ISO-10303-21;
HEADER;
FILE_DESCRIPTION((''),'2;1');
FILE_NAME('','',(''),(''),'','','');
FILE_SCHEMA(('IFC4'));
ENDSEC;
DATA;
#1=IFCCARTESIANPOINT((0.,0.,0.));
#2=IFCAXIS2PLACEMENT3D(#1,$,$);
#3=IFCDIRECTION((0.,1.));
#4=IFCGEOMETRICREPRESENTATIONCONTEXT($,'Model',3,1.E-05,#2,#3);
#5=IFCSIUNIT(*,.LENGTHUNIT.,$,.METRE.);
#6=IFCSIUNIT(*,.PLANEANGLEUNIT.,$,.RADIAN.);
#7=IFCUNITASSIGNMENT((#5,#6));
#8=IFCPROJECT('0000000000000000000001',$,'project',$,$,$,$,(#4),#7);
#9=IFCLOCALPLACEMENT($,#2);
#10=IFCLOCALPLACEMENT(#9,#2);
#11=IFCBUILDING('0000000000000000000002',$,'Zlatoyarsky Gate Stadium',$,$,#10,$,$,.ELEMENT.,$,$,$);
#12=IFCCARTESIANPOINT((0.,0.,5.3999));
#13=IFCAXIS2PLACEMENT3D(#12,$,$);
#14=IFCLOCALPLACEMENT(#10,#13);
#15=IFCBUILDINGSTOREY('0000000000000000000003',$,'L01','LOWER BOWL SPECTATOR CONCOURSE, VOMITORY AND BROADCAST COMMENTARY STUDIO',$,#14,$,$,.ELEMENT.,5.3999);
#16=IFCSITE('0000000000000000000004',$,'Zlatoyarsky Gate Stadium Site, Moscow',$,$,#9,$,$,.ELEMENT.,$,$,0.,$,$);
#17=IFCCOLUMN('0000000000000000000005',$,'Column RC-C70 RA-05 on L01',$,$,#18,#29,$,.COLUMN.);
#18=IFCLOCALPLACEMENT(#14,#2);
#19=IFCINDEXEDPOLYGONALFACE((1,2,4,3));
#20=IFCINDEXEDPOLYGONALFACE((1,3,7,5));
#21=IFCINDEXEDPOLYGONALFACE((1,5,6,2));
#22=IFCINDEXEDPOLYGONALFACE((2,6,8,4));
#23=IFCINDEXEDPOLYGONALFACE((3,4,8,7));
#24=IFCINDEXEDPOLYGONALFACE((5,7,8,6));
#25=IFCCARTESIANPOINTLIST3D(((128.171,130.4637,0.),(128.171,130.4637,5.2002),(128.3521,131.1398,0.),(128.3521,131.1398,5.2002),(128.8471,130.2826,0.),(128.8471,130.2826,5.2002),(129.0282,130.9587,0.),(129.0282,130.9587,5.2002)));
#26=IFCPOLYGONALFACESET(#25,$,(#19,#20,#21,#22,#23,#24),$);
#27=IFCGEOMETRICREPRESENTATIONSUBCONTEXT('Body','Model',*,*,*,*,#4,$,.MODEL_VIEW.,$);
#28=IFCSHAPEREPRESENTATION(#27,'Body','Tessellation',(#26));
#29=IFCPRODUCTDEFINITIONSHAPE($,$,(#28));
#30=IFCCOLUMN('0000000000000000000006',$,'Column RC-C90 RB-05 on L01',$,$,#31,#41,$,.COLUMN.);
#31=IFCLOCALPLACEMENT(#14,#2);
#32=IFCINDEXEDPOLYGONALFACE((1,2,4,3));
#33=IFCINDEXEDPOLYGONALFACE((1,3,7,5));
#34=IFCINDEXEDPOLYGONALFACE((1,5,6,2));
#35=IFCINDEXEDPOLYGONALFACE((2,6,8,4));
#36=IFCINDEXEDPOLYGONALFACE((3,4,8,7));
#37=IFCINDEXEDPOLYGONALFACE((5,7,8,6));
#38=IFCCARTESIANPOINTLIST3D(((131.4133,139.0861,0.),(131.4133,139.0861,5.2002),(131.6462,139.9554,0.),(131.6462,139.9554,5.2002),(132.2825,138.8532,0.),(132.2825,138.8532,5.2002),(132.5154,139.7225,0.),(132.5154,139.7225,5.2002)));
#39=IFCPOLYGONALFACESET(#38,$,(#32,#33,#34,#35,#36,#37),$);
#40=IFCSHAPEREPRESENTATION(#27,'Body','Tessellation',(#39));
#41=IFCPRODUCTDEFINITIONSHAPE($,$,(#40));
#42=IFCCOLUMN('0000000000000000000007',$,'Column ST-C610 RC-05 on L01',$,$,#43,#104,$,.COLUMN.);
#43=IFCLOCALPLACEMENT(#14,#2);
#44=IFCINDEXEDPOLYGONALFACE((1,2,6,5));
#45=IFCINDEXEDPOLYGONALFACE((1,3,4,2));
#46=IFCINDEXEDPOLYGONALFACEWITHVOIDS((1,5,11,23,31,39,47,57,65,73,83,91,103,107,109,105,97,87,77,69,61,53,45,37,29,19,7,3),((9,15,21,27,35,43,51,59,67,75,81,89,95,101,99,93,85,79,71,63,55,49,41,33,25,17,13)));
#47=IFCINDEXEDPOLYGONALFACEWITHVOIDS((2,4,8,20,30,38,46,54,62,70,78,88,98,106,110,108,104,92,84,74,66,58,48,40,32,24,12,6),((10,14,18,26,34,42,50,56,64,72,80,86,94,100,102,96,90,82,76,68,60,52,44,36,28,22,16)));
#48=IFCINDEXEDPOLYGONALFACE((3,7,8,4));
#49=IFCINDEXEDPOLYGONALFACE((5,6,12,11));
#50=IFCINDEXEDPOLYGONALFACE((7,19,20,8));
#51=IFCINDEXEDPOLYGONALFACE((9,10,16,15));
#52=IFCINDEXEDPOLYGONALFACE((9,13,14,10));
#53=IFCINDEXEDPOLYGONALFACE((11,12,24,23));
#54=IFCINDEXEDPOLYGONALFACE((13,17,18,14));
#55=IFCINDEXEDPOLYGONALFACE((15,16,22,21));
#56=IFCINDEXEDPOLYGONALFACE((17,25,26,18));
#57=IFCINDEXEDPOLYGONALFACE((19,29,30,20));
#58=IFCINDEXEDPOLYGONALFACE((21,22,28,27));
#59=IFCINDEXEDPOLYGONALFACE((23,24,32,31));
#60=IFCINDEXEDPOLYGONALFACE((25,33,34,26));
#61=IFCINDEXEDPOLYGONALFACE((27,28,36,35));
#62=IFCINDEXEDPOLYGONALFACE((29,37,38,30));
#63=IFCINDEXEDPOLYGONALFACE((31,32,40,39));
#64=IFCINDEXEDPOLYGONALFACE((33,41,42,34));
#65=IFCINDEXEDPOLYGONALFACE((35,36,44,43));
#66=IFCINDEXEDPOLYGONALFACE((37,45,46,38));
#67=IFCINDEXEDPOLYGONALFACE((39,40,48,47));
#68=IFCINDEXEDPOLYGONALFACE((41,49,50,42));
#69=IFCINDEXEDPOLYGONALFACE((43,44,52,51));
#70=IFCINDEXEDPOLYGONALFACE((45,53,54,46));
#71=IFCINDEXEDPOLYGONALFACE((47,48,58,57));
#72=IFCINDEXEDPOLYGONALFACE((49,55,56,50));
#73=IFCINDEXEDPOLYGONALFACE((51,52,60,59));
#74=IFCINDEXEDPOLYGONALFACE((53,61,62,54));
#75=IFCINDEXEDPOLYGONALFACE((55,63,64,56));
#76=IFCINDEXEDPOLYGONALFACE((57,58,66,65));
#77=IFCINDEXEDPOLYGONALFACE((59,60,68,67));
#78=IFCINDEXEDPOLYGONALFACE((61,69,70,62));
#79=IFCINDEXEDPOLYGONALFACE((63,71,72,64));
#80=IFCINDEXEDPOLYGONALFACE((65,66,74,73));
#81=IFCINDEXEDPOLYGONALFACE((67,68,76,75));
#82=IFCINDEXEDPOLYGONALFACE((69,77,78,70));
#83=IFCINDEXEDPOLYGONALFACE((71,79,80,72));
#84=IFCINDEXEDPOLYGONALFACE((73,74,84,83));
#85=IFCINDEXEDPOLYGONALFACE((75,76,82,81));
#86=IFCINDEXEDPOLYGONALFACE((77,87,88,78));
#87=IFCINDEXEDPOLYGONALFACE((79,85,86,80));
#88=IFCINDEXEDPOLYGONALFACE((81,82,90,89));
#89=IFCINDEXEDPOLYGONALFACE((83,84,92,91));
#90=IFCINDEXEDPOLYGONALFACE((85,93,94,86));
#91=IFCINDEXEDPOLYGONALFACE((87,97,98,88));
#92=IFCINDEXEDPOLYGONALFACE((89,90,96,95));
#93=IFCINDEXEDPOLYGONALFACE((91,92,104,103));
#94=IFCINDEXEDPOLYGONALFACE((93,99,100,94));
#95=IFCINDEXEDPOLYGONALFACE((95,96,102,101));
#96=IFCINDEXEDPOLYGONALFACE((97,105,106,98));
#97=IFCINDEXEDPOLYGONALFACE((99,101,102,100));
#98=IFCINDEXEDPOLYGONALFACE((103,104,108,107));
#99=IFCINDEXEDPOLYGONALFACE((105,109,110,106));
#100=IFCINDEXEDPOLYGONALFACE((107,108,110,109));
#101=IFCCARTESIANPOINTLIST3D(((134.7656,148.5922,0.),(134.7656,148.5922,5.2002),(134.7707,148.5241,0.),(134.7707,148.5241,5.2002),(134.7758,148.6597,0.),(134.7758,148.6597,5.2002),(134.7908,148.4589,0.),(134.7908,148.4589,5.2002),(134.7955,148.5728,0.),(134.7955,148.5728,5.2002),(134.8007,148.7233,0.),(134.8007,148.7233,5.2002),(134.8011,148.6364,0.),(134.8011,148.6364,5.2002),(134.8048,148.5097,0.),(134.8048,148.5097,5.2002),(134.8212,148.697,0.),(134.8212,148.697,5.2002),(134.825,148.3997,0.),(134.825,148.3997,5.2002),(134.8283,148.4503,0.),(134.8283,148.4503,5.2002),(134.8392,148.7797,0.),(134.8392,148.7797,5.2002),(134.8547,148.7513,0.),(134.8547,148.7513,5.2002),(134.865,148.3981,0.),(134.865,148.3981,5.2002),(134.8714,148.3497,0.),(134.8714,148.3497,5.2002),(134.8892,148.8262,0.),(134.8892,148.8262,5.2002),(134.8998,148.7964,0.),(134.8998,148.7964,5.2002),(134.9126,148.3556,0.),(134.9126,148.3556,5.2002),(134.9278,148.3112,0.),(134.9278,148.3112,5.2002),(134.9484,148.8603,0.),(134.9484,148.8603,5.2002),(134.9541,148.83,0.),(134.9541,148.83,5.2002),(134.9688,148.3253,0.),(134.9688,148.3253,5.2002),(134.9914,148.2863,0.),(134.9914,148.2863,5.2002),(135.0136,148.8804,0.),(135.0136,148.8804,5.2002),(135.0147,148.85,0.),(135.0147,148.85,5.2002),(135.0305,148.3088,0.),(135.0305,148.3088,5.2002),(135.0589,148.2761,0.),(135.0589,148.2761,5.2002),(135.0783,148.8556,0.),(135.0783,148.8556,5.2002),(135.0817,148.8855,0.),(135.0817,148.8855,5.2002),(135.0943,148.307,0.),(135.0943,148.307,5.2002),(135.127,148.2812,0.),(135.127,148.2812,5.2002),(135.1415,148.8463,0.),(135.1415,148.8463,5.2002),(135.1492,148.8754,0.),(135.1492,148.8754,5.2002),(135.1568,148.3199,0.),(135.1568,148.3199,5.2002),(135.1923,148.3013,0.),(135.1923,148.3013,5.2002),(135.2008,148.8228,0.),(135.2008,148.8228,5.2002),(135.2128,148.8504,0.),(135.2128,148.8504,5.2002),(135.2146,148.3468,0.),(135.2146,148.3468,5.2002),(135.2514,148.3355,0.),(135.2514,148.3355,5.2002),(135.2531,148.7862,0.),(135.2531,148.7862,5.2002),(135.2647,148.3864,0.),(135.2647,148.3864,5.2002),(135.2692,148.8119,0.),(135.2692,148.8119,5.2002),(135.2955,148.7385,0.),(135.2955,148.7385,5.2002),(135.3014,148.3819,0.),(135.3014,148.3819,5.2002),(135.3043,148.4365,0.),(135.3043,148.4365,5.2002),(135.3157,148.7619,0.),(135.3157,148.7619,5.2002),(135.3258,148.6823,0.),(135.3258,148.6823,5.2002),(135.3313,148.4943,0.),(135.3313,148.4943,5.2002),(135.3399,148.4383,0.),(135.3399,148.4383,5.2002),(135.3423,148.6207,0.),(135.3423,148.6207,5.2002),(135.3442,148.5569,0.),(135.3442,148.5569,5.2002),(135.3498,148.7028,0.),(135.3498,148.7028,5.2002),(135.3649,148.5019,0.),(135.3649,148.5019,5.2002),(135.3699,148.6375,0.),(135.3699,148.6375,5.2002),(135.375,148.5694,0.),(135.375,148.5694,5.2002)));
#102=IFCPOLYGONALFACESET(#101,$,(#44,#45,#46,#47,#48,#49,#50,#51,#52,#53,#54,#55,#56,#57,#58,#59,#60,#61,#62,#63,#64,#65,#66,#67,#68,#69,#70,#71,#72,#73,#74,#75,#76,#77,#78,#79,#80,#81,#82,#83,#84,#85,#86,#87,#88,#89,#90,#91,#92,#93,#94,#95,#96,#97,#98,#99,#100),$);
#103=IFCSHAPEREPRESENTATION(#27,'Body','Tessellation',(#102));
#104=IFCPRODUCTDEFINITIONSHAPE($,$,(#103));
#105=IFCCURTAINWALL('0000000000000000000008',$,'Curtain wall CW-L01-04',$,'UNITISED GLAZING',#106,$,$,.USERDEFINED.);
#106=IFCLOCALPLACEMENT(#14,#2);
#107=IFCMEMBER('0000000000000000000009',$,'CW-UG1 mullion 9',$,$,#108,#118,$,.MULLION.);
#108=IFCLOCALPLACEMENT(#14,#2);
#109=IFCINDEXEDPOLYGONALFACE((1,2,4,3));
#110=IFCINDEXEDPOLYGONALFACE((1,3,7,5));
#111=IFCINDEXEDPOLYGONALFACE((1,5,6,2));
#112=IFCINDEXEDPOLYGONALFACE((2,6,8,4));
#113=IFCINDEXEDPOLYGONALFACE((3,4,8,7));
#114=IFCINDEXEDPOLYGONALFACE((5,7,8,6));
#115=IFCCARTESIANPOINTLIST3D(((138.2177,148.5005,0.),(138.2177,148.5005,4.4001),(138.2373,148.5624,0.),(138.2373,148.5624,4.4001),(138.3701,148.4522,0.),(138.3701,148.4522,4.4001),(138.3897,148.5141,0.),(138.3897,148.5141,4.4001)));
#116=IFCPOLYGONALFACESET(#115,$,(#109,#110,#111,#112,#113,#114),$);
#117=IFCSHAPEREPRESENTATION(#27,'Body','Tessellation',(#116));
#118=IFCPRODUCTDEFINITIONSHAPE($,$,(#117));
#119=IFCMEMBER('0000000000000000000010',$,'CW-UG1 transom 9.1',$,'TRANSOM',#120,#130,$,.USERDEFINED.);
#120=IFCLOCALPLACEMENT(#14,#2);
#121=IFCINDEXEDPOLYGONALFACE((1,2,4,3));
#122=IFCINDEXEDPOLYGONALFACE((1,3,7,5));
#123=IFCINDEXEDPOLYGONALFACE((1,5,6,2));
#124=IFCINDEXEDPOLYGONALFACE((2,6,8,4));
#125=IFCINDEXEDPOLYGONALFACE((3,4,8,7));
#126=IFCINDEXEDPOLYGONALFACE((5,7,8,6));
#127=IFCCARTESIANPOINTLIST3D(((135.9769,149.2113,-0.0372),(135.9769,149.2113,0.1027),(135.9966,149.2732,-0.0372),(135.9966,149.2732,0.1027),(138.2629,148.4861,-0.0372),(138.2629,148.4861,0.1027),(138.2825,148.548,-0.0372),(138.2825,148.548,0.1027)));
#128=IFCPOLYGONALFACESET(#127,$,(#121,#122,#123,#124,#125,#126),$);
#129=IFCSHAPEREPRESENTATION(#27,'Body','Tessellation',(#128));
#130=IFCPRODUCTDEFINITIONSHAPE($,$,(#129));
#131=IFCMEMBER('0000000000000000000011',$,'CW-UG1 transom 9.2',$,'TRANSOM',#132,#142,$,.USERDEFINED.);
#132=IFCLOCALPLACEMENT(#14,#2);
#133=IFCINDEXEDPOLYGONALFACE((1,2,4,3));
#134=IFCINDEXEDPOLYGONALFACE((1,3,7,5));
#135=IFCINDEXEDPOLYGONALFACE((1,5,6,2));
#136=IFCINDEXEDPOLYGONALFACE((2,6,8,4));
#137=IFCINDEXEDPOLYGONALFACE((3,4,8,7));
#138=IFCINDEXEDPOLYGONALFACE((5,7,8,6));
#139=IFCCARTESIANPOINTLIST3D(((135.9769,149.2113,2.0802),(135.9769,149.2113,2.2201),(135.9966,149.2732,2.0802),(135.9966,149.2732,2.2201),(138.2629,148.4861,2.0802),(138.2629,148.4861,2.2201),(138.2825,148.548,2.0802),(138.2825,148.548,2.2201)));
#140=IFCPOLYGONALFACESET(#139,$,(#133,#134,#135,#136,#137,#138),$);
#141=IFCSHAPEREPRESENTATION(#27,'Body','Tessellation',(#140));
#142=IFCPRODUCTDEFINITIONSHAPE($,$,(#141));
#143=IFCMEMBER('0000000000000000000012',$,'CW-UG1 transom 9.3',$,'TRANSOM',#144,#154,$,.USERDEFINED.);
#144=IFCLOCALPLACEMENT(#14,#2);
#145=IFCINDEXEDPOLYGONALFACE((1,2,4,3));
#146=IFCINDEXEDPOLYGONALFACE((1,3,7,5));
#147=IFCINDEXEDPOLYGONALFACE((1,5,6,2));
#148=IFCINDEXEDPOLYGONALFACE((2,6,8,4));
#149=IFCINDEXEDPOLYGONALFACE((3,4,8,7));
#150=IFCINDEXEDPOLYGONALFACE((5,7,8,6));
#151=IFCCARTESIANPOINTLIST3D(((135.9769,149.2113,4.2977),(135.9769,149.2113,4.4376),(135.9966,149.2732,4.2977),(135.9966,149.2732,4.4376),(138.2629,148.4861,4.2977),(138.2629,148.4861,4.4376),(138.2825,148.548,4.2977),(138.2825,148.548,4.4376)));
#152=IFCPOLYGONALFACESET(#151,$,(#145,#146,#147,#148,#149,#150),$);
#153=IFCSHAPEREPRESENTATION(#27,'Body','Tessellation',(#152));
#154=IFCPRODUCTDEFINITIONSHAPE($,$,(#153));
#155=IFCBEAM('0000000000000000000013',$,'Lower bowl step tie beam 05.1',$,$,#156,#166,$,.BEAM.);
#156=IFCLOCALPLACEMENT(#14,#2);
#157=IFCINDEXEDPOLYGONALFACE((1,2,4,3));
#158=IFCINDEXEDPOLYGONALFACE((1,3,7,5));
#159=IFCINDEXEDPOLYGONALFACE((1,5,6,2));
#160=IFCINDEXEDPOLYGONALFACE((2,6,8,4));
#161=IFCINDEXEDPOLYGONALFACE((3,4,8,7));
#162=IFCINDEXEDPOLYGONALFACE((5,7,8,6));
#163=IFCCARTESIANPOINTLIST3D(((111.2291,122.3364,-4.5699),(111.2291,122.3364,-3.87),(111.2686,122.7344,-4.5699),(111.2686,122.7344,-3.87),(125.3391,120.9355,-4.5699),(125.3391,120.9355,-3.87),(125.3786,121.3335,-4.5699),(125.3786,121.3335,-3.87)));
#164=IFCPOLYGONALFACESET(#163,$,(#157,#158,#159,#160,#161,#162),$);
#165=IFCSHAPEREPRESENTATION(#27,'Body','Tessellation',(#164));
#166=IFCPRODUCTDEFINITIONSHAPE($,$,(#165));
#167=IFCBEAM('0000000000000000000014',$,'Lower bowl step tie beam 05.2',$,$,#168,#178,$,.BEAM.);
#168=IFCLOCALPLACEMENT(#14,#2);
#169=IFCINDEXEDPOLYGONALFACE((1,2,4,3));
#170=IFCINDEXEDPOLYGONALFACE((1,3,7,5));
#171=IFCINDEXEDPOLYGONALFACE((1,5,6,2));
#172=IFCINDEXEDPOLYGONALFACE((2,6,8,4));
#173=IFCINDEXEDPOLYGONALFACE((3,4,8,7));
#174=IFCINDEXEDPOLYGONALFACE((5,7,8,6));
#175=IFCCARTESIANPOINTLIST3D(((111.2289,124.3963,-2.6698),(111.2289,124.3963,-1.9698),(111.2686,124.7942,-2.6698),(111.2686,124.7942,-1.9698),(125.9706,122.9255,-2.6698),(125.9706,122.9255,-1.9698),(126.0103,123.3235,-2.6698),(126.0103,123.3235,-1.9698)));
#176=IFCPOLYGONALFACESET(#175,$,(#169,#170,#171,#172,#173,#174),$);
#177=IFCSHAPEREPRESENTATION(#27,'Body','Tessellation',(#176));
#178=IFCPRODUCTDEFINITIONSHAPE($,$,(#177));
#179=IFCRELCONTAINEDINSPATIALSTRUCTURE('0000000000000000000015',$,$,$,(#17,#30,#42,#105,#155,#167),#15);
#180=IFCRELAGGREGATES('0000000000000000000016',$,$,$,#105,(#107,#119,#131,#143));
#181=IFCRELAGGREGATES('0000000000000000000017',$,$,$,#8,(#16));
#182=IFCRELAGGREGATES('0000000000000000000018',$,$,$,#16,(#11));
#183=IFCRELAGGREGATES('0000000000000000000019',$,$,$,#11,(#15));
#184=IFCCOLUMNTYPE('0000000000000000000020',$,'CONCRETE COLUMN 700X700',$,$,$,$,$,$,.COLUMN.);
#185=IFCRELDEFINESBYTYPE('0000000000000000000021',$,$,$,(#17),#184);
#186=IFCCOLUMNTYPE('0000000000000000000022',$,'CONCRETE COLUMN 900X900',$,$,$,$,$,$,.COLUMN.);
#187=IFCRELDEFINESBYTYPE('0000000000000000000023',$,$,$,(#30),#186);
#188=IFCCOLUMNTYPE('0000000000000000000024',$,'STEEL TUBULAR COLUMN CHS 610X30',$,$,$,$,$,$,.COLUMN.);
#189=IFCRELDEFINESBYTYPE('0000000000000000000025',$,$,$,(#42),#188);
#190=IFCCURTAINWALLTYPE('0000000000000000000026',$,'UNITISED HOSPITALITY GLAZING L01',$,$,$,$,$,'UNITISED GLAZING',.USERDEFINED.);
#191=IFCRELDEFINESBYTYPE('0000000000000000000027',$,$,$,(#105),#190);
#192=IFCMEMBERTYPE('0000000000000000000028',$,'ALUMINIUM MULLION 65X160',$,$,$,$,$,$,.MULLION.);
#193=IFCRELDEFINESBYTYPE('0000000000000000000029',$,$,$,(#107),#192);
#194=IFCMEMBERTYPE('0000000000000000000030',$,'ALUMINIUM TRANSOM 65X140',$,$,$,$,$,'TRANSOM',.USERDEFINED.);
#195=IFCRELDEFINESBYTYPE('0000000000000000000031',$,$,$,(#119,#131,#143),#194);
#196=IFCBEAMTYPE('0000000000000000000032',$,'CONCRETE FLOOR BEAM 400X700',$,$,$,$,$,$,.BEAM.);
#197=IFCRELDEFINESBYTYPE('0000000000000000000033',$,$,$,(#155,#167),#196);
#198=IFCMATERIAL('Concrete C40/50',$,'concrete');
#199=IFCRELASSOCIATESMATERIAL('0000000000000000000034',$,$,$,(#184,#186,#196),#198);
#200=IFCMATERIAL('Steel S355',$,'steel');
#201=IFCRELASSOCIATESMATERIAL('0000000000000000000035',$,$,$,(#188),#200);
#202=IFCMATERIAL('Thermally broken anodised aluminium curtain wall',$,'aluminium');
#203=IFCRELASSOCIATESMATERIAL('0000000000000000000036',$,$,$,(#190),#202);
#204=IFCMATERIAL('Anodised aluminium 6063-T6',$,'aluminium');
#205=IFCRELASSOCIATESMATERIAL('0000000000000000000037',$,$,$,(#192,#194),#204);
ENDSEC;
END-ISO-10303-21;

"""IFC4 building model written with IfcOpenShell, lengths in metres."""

from ifc_helpers import new_model, si_unit, direction, frame, origin, origin_2d, place, context, subcontext, project, spatial, rectangle, hollow_circle, extrude, material, material_profile, profile_set, type_object, element, aggregate, save


model = new_model("IFC4")

# Units and contexts
model_context = context("Model", 3, precision=1e-05, world=origin(), true_north=direction((0.0, 1.0)))
body_context = subcontext(model_context, "Body", "Model", "MODEL_VIEW")
ifc_project = project(units=[si_unit("LENGTHUNIT", "METRE"), si_unit("PLANEANGLEUNIT", "RADIAN")], contexts=[model_context])

# Site, building, storey
site_placement = place(None, origin())
site = spatial("IfcSite", under=ifc_project, at=site_placement, Name="Zlatoyarsky Gate Stadium Site, Moscow", CompositionType="ELEMENT", RefElevation=0.0)
building_placement = place(site_placement, origin())
building = spatial("IfcBuilding", under=site, at=building_placement, Name="Zlatoyarsky Gate Stadium", CompositionType="ELEMENT")
storey_placement = place(building_placement, frame((0.0, 0.0, 5.3999)))
storey = spatial("IfcBuildingStorey", under=building, at=storey_placement, Name="L01", Description="LOWER BOWL SPECTATOR CONCOURSE, VOMITORY AND BROADCAST COMMENTARY STUDIO", CompositionType="ELEMENT", Elevation=5.3999)

# Columns
ifc_material_1 = material(Name="Concrete C40/50", Category="concrete")
ifc_material_profile_1 = material_profile(ifc_material_1, rectangle(XDim=0.7, YDim=0.7, at=origin_2d()), Name="RC COL 700X700")
ifc_profile_set_1 = profile_set([ifc_material_profile_1], Name="Concrete C40/50")
column_type_1 = type_object("IfcColumnType", Name="CONCRETE COLUMN 700X700", PredefinedType="COLUMN", material=ifc_profile_set_1)
column_1_placement = place(storey_placement, frame((128.5996, 130.7112, 0.0), z_axis=(0.0, 0.0, 1.0), x_axis=(0.258819, 0.965926, 0.0)))
element("IfcColumn", 1, at=column_1_placement, inside=storey, type_object=column_type_1, Name="Column RC-C70 RA-05 on L01", PredefinedType="COLUMN", context=body_context, shape_type="SweptSolid", body=[
    extrude(rectangle(XDim=0.7, YDim=0.7, at=origin_2d()), origin(), (0.0, 0.0, 1.0), 5.2002),
])
ifc_material_profile_2 = material_profile(ifc_material_1, rectangle(XDim=0.8999, YDim=0.8999, at=origin_2d()), Name="RC COL 900X900")
ifc_profile_set_2 = profile_set([ifc_material_profile_2], Name="Concrete C40/50")
column_type_2 = type_object("IfcColumnType", Name="CONCRETE COLUMN 900X900", PredefinedType="COLUMN", material=ifc_profile_set_2)
column_2_placement = place(storey_placement, frame((131.9644, 139.4043, 0.0), z_axis=(0.0, 0.0, 1.0), x_axis=(0.258819, 0.965926, 0.0)))
element("IfcColumn", 2, at=column_2_placement, inside=storey, type_object=column_type_2, Name="Column RC-C90 RB-05 on L01", PredefinedType="COLUMN", context=body_context, shape_type="SweptSolid", body=[
    extrude(rectangle(XDim=0.8999, YDim=0.8999, at=origin_2d()), origin(), (0.0, 0.0, 1.0), 5.2002),
])
ifc_material_2 = material(Name="Steel S355", Category="steel")
ifc_material_profile_3 = material_profile(ifc_material_2, hollow_circle(Radius=0.3049, WallThickness=0.03, at=origin_2d()), Name="CHS 610X30")
ifc_profile_set_3 = profile_set([ifc_material_profile_3], Name="Steel S355")
column_type_3 = type_object("IfcColumnType", Name="STEEL TUBULAR COLUMN CHS 610X30", PredefinedType="COLUMN", material=ifc_profile_set_3)
column_3_placement = place(storey_placement, frame((135.0703, 148.5808, 0.0), z_axis=(0.0, 0.0, 1.0), x_axis=(0.258819, 0.965926, 0.0)))
element("IfcColumn", 3, at=column_3_placement, inside=storey, type_object=column_type_3, Name="Column ST-C610 RC-05 on L01", PredefinedType="COLUMN", context=body_context, shape_type="SweptSolid", body=[
    extrude(hollow_circle(Radius=0.3049, WallThickness=0.03, at=origin_2d()), origin(), (0.0, 0.0, 1.0), 5.2002),
])

# Curtain wall, members
ifc_material_3 = material(Name="Thermally broken anodised aluminium curtain wall", Category="aluminium")
curtain_wall_type = type_object("IfcCurtainWallType", Name="UNITISED HOSPITALITY GLAZING L01", ElementType="UNITISED GLAZING", PredefinedType="USERDEFINED", material=ifc_material_3)
curtain_wall_placement = place(storey_placement, origin())
curtain_wall = element("IfcCurtainWall", 4, at=curtain_wall_placement, inside=storey, type_object=curtain_wall_type, Name="Curtain wall CW-L01-04", ObjectType="UNITISED GLAZING", PredefinedType="USERDEFINED")
ifc_material_4 = material(Name="Anodised aluminium 6063-T6", Category="aluminium")
ifc_material_profile_4 = material_profile(ifc_material_4, rectangle(XDim=0.0649, YDim=0.1599, at=origin_2d()), Name="ALU 65X160")
ifc_profile_set_4 = profile_set([ifc_material_profile_4], Name="Anodised aluminium 6063-T6")
member_type_1 = type_object("IfcMemberType", Name="ALUMINIUM MULLION 65X160", PredefinedType="MULLION", material=ifc_profile_set_4)
member_1_placement = place(storey_placement, frame((138.3037, 148.5073, 0.0), z_axis=(0.0, 0.0, 1.0), x_axis=(-0.302334, -0.953202, 0.0)))
member_1 = element("IfcMember", 5, at=member_1_placement, type_object=member_type_1, Name="CW-UG1 mullion 9", PredefinedType="MULLION", context=body_context, shape_type="SweptSolid", body=[
    extrude(rectangle(XDim=0.0649, YDim=0.1599, at=origin_2d()), origin(), (0.0, 0.0, 1.0), 4.4001),
])
ifc_material_profile_5 = material_profile(ifc_material_4, rectangle(XDim=0.0649, YDim=0.1399, at=origin_2d()), Name="ALU 65X140")
ifc_profile_set_5 = profile_set([ifc_material_profile_5], Name="Anodised aluminium 6063-T6")
member_type_2 = type_object("IfcMemberType", Name="ALUMINIUM TRANSOM 65X140", ElementType="TRANSOM", PredefinedType="USERDEFINED", material=ifc_profile_set_5)
member_2_placement = place(storey_placement, frame((138.2727, 148.5171, 0.0327), z_axis=(-0.953194, 0.302359, 0.0), x_axis=(-0.302359, -0.953194, 0.0)))
member_2 = element("IfcMember", 6, at=member_2_placement, type_object=member_type_2, Name="CW-UG1 transom 9.1", ObjectType="TRANSOM", PredefinedType="USERDEFINED", context=body_context, shape_type="SweptSolid", body=[
    extrude(rectangle(XDim=0.0649, YDim=0.1399, at=origin_2d()), origin(), (0.0, 0.0, 1.0), 2.3982),
])
member_3_placement = place(storey_placement, frame((138.2727, 148.5171, 2.1501), z_axis=(-0.953194, 0.302359, 0.0), x_axis=(-0.302359, -0.953194, 0.0)))
member_3 = element("IfcMember", 7, at=member_3_placement, type_object=member_type_2, Name="CW-UG1 transom 9.2", ObjectType="TRANSOM", PredefinedType="USERDEFINED", context=body_context, shape_type="SweptSolid", body=[
    extrude(rectangle(XDim=0.0649, YDim=0.1399, at=origin_2d()), origin(), (0.0, 0.0, 1.0), 2.3982),
])
member_4_placement = place(storey_placement, frame((138.2727, 148.5171, 4.3677), z_axis=(-0.953194, 0.302359, 0.0), x_axis=(-0.302359, -0.953194, 0.0)))
member_4 = element("IfcMember", 8, at=member_4_placement, type_object=member_type_2, Name="CW-UG1 transom 9.3", ObjectType="TRANSOM", PredefinedType="USERDEFINED", context=body_context, shape_type="SweptSolid", body=[
    extrude(rectangle(XDim=0.0649, YDim=0.1399, at=origin_2d()), origin(), (0.0, 0.0, 1.0), 2.3982),
])
aggregate(curtain_wall, [member_1, member_2, member_3, member_4])

# Beams
ifc_material_profile_6 = material_profile(ifc_material_1, rectangle(XDim=0.3999, YDim=0.7, at=origin_2d()), Name="RC BEAM 400X700")
ifc_profile_set_6 = profile_set([ifc_material_profile_6], Name="Concrete C40/50")
beam_type_1 = type_object("IfcBeamType", Name="CONCRETE FLOOR BEAM 400X700", PredefinedType="BEAM", material=ifc_profile_set_6)
beam_1_placement = place(storey_placement, frame((125.3589, 121.1345, -4.22), z_axis=(-0.995108, 0.098796, 0.0), x_axis=(-0.098796, -0.995108, 0.0)))
element("IfcBeam", 9, at=beam_1_placement, inside=storey, type_object=beam_type_1, Name="Lower bowl step tie beam 05.1", PredefinedType="BEAM", context=body_context, shape_type="SweptSolid", body=[
    extrude(rectangle(XDim=0.3999, YDim=0.7, at=origin_2d()), origin(), (0.0, 0.0, 1.0), 14.1794),
])
beam_2_placement = place(storey_placement, frame((125.9905, 123.1245, -2.3198), z_axis=(-0.99506, 0.099272, 0.0), x_axis=(-0.099272, -0.99506, 0.0)))
element("IfcBeam", 10, at=beam_2_placement, inside=storey, type_object=beam_type_1, Name="Lower bowl step tie beam 05.2", PredefinedType="BEAM", context=body_context, shape_type="SweptSolid", body=[
    extrude(rectangle(XDim=0.3999, YDim=0.7, at=origin_2d()), origin(), (0.0, 0.0, 1.0), 14.8149),
])

save(model, "model.ifc")
